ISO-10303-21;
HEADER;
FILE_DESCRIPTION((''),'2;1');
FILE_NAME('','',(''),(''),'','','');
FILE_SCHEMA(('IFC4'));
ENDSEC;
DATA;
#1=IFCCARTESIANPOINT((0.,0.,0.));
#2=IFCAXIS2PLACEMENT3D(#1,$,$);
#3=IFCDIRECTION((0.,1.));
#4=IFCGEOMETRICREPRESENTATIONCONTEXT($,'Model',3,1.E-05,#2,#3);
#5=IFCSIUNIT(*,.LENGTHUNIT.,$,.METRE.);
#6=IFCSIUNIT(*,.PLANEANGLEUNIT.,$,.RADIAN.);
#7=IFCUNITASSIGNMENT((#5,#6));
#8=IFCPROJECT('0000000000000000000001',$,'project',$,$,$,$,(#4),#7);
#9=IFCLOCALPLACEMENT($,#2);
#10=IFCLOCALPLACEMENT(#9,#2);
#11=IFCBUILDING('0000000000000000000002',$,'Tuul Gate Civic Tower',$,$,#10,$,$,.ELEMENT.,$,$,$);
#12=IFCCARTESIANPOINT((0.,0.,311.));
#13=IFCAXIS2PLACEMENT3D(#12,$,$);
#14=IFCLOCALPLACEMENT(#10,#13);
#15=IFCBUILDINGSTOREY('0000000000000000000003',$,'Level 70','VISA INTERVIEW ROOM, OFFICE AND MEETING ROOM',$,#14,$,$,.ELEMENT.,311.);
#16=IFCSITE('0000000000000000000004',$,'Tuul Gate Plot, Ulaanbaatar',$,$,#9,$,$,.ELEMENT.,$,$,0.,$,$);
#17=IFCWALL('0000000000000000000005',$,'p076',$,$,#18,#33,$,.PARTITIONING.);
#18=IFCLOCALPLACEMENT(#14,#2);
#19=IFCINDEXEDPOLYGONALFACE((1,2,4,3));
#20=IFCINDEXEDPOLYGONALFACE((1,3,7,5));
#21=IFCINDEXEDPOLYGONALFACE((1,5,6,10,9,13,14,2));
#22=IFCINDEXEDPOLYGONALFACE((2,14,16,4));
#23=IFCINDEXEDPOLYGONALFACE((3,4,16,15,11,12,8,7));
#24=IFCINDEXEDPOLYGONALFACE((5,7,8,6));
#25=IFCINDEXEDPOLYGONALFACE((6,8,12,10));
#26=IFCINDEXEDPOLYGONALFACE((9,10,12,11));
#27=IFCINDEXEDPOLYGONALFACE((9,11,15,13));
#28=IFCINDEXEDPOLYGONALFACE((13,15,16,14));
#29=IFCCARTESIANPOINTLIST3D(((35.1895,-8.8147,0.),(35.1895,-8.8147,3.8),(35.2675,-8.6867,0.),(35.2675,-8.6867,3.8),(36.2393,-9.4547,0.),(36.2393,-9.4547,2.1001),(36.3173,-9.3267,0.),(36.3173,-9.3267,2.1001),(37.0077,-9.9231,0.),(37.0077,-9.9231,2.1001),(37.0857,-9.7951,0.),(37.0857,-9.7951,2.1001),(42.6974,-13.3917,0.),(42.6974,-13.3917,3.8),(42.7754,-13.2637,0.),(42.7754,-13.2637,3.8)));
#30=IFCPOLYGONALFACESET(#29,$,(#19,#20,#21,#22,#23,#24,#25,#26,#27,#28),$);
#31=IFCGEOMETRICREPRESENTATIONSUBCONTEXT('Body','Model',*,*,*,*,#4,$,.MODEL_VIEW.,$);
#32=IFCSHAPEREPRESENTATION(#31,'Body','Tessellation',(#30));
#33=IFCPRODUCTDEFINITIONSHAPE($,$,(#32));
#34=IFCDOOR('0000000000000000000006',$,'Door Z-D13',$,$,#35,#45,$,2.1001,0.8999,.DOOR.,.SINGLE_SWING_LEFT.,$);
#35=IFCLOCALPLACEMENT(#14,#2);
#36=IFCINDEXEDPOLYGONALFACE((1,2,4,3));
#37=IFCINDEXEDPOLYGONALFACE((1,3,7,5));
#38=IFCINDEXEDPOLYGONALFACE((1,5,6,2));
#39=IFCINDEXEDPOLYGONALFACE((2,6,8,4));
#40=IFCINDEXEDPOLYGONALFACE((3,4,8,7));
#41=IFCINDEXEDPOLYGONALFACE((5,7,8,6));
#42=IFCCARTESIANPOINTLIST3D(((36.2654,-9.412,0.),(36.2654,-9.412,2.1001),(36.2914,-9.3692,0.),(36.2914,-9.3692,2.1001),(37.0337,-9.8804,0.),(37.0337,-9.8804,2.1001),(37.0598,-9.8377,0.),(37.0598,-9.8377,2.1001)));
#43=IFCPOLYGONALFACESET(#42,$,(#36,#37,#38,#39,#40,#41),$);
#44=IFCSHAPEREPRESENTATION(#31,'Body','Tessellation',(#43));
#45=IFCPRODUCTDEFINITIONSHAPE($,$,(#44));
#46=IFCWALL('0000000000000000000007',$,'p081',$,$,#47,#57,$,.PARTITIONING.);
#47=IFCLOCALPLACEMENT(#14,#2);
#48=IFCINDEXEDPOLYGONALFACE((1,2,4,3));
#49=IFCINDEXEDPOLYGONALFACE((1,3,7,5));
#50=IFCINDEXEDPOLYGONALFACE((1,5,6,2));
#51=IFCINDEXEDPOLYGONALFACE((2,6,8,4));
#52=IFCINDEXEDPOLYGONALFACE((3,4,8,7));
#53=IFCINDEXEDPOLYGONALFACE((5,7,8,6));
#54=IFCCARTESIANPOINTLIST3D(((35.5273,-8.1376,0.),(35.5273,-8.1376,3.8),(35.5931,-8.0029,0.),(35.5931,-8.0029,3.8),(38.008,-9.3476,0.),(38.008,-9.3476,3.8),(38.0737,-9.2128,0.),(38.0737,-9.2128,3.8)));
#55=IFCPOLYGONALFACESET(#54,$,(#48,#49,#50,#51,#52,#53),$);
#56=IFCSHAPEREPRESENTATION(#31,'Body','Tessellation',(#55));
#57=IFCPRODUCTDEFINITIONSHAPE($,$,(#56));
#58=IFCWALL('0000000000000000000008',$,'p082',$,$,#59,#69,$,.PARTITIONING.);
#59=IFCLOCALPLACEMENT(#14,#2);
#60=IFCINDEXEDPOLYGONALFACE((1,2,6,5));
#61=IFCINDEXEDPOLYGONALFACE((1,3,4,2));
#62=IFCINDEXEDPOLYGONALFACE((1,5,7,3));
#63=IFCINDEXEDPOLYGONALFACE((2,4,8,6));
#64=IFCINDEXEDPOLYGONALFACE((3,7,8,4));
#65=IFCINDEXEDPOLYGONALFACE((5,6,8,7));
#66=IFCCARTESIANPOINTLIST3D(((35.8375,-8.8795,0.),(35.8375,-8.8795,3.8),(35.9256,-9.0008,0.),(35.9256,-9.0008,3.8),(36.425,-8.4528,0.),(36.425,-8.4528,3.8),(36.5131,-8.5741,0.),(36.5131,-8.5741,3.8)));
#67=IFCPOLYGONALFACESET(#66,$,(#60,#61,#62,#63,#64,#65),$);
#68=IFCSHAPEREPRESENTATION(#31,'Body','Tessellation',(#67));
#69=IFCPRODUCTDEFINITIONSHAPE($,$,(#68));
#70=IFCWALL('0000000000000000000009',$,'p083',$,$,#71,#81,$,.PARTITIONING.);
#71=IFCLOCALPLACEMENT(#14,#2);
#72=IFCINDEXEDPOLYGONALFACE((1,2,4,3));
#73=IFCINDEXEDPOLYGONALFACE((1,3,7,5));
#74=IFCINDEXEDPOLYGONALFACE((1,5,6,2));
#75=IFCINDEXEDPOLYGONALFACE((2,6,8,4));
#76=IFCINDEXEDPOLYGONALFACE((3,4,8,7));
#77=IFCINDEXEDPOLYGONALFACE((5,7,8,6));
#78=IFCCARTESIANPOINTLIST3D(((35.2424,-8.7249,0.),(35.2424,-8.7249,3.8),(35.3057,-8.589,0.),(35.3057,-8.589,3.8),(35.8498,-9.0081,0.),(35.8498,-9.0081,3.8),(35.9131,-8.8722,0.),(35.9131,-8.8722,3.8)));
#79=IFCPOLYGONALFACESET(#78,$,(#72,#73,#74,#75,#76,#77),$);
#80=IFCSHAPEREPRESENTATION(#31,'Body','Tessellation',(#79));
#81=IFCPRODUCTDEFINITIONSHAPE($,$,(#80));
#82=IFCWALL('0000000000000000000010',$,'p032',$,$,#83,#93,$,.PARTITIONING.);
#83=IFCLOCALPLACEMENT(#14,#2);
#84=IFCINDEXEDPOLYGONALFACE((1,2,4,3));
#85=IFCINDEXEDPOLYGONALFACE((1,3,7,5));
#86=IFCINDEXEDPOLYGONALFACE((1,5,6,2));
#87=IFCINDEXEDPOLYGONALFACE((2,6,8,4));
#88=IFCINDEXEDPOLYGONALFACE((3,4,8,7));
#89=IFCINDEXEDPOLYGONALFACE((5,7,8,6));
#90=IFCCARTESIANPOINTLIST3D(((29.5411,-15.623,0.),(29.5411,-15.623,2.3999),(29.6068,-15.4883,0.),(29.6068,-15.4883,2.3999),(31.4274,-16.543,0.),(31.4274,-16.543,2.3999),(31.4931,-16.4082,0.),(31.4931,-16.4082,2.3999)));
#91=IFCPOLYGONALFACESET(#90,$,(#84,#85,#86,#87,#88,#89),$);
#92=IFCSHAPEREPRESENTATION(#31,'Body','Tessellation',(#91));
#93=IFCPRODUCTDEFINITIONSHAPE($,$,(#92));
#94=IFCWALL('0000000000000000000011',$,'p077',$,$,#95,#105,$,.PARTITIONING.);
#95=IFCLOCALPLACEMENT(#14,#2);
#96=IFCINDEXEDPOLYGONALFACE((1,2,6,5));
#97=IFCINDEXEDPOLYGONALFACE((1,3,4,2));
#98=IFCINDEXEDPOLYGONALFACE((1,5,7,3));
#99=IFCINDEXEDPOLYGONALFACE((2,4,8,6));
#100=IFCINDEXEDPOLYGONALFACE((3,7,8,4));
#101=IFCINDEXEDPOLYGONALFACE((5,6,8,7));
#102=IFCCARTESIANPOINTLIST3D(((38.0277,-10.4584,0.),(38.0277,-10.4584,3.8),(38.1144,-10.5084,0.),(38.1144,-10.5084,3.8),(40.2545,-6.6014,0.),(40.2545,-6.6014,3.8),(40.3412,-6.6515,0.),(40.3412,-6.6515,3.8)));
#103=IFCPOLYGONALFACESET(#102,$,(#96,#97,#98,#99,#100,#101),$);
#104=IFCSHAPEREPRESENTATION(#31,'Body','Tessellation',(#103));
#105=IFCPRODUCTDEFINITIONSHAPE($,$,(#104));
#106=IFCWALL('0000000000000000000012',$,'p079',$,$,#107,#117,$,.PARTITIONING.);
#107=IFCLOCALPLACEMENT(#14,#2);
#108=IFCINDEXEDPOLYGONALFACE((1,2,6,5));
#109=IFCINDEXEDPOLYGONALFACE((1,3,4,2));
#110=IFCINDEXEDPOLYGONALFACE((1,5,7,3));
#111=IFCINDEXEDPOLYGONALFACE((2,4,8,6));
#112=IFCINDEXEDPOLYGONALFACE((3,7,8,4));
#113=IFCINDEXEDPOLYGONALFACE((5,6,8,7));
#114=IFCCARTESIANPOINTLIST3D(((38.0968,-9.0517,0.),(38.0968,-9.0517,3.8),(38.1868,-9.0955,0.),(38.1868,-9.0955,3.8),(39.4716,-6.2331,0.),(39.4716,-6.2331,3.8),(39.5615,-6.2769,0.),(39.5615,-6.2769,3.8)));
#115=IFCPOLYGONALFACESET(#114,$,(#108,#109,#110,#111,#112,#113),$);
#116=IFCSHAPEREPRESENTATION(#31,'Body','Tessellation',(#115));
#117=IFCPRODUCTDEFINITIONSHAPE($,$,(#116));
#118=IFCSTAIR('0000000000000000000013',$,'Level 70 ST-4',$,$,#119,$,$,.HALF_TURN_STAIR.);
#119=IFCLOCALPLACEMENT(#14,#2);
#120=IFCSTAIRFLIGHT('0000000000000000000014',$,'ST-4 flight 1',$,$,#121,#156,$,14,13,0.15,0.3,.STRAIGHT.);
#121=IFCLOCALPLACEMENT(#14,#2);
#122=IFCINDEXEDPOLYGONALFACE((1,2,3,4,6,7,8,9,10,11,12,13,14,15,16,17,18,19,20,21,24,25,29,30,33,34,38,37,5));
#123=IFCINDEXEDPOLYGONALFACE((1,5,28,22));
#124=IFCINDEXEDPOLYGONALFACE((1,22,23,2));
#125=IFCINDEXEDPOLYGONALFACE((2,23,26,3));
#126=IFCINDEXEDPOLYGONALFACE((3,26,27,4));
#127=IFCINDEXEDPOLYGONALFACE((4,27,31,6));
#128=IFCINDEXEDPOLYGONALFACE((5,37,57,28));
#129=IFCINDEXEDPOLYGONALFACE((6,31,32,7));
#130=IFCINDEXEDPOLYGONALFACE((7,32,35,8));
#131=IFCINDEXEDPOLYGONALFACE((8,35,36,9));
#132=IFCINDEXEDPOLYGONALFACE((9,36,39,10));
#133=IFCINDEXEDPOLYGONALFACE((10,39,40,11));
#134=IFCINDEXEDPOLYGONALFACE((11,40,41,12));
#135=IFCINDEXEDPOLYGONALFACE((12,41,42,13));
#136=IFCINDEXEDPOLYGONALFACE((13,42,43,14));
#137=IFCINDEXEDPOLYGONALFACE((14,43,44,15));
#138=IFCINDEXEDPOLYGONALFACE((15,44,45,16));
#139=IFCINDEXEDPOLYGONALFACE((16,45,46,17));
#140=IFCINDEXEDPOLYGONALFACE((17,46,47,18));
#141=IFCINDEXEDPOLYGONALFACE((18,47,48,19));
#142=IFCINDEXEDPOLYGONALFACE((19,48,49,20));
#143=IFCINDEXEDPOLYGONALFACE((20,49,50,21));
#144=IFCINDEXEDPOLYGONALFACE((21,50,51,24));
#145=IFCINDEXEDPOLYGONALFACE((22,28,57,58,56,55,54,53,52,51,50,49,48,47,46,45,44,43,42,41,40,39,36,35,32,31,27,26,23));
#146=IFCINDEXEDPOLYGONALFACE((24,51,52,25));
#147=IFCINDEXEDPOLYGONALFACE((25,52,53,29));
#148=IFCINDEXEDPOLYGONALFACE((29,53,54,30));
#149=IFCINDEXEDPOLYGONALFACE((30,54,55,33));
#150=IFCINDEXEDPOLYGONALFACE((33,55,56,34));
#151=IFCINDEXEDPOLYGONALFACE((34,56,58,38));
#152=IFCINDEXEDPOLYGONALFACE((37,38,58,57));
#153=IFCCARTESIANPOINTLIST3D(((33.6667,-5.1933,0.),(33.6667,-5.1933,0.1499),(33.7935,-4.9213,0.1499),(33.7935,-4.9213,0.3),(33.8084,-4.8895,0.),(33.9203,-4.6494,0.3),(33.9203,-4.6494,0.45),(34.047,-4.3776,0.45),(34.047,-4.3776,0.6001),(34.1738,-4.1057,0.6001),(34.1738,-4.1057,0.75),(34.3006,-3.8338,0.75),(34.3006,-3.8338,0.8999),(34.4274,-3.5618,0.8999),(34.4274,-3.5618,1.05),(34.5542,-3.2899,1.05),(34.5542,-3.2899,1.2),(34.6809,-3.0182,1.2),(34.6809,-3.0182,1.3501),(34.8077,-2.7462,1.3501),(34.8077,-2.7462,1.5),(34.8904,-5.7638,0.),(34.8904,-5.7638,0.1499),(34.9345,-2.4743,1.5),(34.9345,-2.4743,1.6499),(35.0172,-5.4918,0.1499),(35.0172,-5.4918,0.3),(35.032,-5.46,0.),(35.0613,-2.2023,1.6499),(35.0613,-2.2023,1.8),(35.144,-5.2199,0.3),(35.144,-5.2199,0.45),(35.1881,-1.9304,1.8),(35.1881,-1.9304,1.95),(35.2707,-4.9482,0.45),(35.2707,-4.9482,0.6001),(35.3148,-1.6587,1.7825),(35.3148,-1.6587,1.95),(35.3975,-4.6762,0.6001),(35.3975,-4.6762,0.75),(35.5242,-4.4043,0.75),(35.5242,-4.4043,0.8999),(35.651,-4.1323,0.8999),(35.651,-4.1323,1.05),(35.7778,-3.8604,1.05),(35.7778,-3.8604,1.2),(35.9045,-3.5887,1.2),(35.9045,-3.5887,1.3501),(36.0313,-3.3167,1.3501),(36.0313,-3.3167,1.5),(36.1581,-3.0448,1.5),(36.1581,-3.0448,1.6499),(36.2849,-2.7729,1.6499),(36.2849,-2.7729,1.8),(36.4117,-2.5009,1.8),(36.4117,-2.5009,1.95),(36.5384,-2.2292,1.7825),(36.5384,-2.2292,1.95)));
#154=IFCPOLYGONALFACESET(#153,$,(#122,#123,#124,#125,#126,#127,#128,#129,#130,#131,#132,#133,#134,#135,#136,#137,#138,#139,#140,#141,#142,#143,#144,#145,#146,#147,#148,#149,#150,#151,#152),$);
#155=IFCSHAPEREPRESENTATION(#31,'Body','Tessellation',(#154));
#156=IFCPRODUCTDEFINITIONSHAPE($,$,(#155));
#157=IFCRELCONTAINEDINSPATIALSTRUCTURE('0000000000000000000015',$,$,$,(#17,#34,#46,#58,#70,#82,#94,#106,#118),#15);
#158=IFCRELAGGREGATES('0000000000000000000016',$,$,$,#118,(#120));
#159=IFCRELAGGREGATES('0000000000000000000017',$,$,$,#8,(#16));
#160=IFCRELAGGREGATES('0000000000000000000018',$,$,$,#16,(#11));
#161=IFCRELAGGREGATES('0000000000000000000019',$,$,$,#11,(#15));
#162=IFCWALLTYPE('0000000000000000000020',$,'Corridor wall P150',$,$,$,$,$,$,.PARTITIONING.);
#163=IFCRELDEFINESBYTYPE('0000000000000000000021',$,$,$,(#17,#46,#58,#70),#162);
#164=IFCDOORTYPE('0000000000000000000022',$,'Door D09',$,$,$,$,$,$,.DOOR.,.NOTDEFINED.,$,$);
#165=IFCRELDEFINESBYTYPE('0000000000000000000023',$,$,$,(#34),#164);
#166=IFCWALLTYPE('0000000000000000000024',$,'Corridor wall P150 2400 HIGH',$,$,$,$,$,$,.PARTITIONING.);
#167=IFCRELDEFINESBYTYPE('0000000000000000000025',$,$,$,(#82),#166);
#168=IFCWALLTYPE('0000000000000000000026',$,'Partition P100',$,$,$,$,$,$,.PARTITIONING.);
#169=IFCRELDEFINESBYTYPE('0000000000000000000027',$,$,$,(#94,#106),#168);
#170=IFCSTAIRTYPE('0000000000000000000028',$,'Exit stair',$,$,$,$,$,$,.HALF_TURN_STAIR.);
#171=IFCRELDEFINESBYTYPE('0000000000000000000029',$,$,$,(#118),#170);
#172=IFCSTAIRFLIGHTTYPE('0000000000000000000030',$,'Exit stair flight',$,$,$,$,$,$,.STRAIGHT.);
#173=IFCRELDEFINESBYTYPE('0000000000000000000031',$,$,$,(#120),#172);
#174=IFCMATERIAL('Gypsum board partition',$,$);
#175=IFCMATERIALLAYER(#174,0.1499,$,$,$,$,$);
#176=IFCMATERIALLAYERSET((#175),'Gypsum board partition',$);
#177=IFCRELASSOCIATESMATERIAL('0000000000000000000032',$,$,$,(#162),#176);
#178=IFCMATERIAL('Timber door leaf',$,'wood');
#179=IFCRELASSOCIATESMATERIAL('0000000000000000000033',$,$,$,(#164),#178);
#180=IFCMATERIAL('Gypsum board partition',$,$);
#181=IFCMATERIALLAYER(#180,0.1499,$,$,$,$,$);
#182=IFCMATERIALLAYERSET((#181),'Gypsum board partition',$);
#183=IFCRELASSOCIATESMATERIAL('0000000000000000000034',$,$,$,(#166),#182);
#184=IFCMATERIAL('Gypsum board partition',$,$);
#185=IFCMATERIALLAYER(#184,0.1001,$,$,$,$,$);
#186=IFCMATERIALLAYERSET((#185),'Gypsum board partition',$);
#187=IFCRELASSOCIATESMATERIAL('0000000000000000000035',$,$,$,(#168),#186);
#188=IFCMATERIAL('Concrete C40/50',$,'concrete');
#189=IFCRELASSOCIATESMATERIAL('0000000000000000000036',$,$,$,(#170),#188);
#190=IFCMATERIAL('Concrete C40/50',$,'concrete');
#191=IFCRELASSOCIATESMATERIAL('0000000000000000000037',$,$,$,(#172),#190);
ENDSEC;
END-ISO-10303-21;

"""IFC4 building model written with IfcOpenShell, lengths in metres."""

from ifc_helpers import new_model, si_unit, direction, frame, frame_2d, origin, place, context, subcontext, project, spatial, polyline, rectangle, outline, extrude, material, layer, layer_set, type_object, element, fill, aggregate, save


model = new_model("IFC4")

# Units and contexts
model_context = context("Model", 3, precision=1e-05, world=origin(), true_north=direction((0.0, 1.0)))
body_context = subcontext(model_context, "Body", "Model", "MODEL_VIEW")
ifc_project = project(units=[si_unit("LENGTHUNIT", "METRE"), si_unit("PLANEANGLEUNIT", "RADIAN")], contexts=[model_context])

# Site, building, storey
site_placement = place(None, origin())
site = spatial("IfcSite", under=ifc_project, at=site_placement, Name="Tuul Gate Plot, Ulaanbaatar", CompositionType="ELEMENT", RefElevation=0.0)
building_placement = place(site_placement, origin())
building = spatial("IfcBuilding", under=site, at=building_placement, Name="Tuul Gate Civic Tower", CompositionType="ELEMENT")
storey_placement = place(building_placement, frame((0.0, 0.0, 311.0)))
storey = spatial("IfcBuildingStorey", under=building, at=storey_placement, Name="Level 70", Description="VISA INTERVIEW ROOM, OFFICE AND MEETING ROOM", CompositionType="ELEMENT", Elevation=311.0)

# Wall, opening, door
ifc_material_1 = material(Name="Gypsum board partition")
ifc_layer_1 = layer(ifc_material_1, 0.1499)
ifc_layer_set_1 = layer_set([ifc_layer_1], Name="Gypsum board partition")
wall_type_1 = type_object("IfcWallType", Name="Corridor wall P150", PredefinedType="PARTITIONING", material=ifc_layer_set_1)
ifc_material_2 = material(Name="Timber door leaf", Category="wood")
door_type_1 = type_object("IfcDoorType", Name="Door D09", OperationType="NOTDEFINED", PredefinedType="DOOR", material=ifc_material_2)
wall_1_placement = place(storey_placement, frame((35.2285, -8.7507, 0.0), z_axis=(0.0, 0.0, 1.0), x_axis=(0.853848, -0.520522, 0.0)))
wall_1 = element("IfcWall", 1, at=wall_1_placement, inside=storey, type_object=wall_type_1, Name="p076", PredefinedType="PARTITIONING", context=body_context, shape_type="SweptSolid", body=[
    extrude(rectangle(XDim=8.793, YDim=0.1499, at=frame_2d((4.3965, 0.0))), origin(), (0.0, 0.0, 1.0), 3.8),
])
opening_1_placement = place(wall_1_placement, frame((1.2295, 0.0, 0.0)))
opening_1 = element("IfcOpeningElement", 2, at=opening_1_placement, cuts=wall_1, PredefinedType="OPENING", context=body_context, shape_type="SweptSolid", body=[
    extrude(rectangle(XDim=0.8999, YDim=2.1001, at=frame_2d((0.45, 1.05))), frame((0.0, 0.085, 0.0), z_axis=(0.0, -1.0, 0.0), x_axis=(1.0, 0.0, 0.0)), (0.0, 0.0, 1.0), 0.1699),
])
door_1_placement = place(opening_1_placement, frame((0.8999, 0.0, 0.0), z_axis=(0.0, 0.0, 1.0), x_axis=(-1.0, 0.0, 0.0)))
door_1 = element("IfcDoor", 3, at=door_1_placement, inside=storey, type_object=door_type_1, Name="Door Z-D13", OperationType="SINGLE_SWING_LEFT", OverallHeight=2.1001, OverallWidth=0.8999, PredefinedType="DOOR", context=body_context, shape_type="SweptSolid", body=[
    extrude(rectangle(XDim=0.8999, YDim=2.1001, at=frame_2d((0.45, 1.05))), frame((0.0, 0.0249, 0.0), z_axis=(0.0, -1.0, 0.0), x_axis=(1.0, 0.0, 0.0)), (0.0, 0.0, 1.0), 0.05),
])
fill(opening_1, door_1)

# Walls
wall_2_placement = place(storey_placement, frame((35.5603, -8.0703, 0.0), z_axis=(0.0, 0.0, 1.0), x_axis=(0.898789, -0.438382, 0.0)))
element("IfcWall", 4, at=wall_2_placement, inside=storey, type_object=wall_type_1, Name="p081", PredefinedType="PARTITIONING", context=body_context, shape_type="SweptSolid", body=[
    extrude(rectangle(XDim=2.76, YDim=0.1499, at=frame_2d((1.3799, 0.0))), origin(), (0.0, 0.0, 1.0), 3.8),
])
wall_3_placement = place(storey_placement, frame((35.8816, -8.9402, 0.0), z_axis=(0.0, 0.0, 1.0), x_axis=(0.809027, 0.587772, 0.0)))
element("IfcWall", 5, at=wall_3_placement, inside=storey, type_object=wall_type_1, Name="p082", PredefinedType="PARTITIONING", context=body_context, shape_type="SweptSolid", body=[
    extrude(rectangle(XDim=0.7261, YDim=0.1499, at=frame_2d((0.363, 0.0))), origin(), (0.0, 0.0, 1.0), 3.8),
])
wall_4_placement = place(storey_placement, frame((35.2742, -8.657, 0.0), z_axis=(0.0, 0.0, 1.0), x_axis=(0.906332, -0.422566, 0.0)))
element("IfcWall", 6, at=wall_4_placement, inside=storey, type_object=wall_type_1, Name="p083", PredefinedType="PARTITIONING", context=body_context, shape_type="SweptSolid", body=[
    extrude(rectangle(XDim=0.6702, YDim=0.1499, at=frame_2d((0.335, 0.0))), origin(), (0.0, 0.0, 1.0), 3.8),
])
ifc_material_3 = material(Name="Gypsum board partition")
ifc_layer_2 = layer(ifc_material_3, 0.1499)
ifc_layer_set_2 = layer_set([ifc_layer_2], Name="Gypsum board partition")
wall_type_2 = type_object("IfcWallType", Name="Corridor wall P150 2400 HIGH", PredefinedType="PARTITIONING", material=ifc_layer_set_2)
wall_5_placement = place(storey_placement, frame((29.574, -15.5557, 0.0), z_axis=(0.0, 0.0, 1.0), x_axis=(0.898804, -0.43835, 0.0)))
element("IfcWall", 7, at=wall_5_placement, inside=storey, type_object=wall_type_2, Name="p032", PredefinedType="PARTITIONING", context=body_context, shape_type="SweptSolid", body=[
    extrude(rectangle(XDim=2.0986, YDim=0.1499, at=frame_2d((1.0493, 0.0))), origin(), (0.0, 0.0, 1.0), 2.3999),
])
ifc_material_4 = material(Name="Gypsum board partition")
ifc_layer_3 = layer(ifc_material_4, 0.1001)
ifc_layer_set_3 = layer_set([ifc_layer_3], Name="Gypsum board partition")
wall_type_3 = type_object("IfcWallType", Name="Partition P100", PredefinedType="PARTITIONING", material=ifc_layer_set_3)
wall_6_placement = place(storey_placement, frame((38.071, -10.4834, 0.0), z_axis=(0.0, 0.0, 1.0), x_axis=(0.500001, 0.866025, 0.0)))
element("IfcWall", 8, at=wall_6_placement, inside=storey, type_object=wall_type_3, Name="p077", PredefinedType="PARTITIONING", context=body_context, shape_type="SweptSolid", body=[
    extrude(rectangle(XDim=4.4536, YDim=0.1001, at=frame_2d((2.2268, 0.0))), origin(), (0.0, 0.0, 1.0), 3.8),
])
wall_7_placement = place(storey_placement, frame((38.1418, -9.0735, 0.0), z_axis=(0.0, 0.0, 1.0), x_axis=(0.438379, 0.89879, 0.0)))
element("IfcWall", 9, at=wall_7_placement, inside=storey, type_object=wall_type_3, Name="p079", PredefinedType="PARTITIONING", context=body_context, shape_type="SweptSolid", body=[
    extrude(rectangle(XDim=3.136, YDim=0.1001, at=frame_2d((1.5679, 0.0))), origin(), (0.0, 0.0, 1.0), 3.8),
])

# Stair, stair flight
ifc_material_5 = material(Name="Concrete C40/50", Category="concrete")
stair_type = type_object("IfcStairType", Name="Exit stair", PredefinedType="HALF_TURN_STAIR", material=ifc_material_5)
stair_placement = place(storey_placement, origin())
stair = element("IfcStair", 10, at=stair_placement, inside=storey, type_object=stair_type, Name="Level 70 ST-4", PredefinedType="HALF_TURN_STAIR")
ifc_material_6 = material(Name="Concrete C40/50", Category="concrete")
stair_flight_type = type_object("IfcStairFlightType", Name="Exit stair flight", PredefinedType="STRAIGHT", material=ifc_material_6)
stair_flight_placement = place(storey_placement, frame((34.2786, -5.4785, 0.0), z_axis=(0.0, 0.0, 1.0), x_axis=(0.422576, 0.906327, 0.0)))
stair_flight = element("IfcStairFlight", 11, at=stair_flight_placement, type_object=stair_flight_type, Name="ST-4 flight 1", NumberOfRisers=14, NumberOfTreads=13, PredefinedType="STRAIGHT", RiserHeight=0.15, TreadLength=0.3, context=body_context, shape_type="SweptSolid", body=[
    extrude(outline(polyline([(0.0, 0.0), (0.0, 0.1499), (0.3, 0.1499), (0.3, 0.3), (0.6001, 0.3), (0.6001, 0.45), (0.8999, 0.45), (0.8999, 0.6001), (1.2, 0.6001), (1.2, 0.75), (1.5, 0.75), (1.5, 0.8999), (1.8, 0.8999), (1.8, 1.05), (2.1001, 1.05), (2.1001, 1.2), (2.3999, 1.2), (2.3999, 1.3501), (2.7, 1.3501), (2.7, 1.5), (3.0, 1.5), (3.0, 1.6499), (3.3, 1.6499), (3.3, 1.8), (3.6001, 1.8), (3.6001, 1.95), (3.8999, 1.95), (3.8999, 2.1001), (3.8999, 1.7825), (0.3352, 0.0), (0.0, 0.0)])), frame((0.0, 0.675, 0.0), z_axis=(0.0, -1.0, 0.0), x_axis=(1.0, 0.0, 0.0)), (0.0, 0.0, 1.0), 1.3501),
])
aggregate(stair, [stair_flight])

save(model, "model.ifc")
